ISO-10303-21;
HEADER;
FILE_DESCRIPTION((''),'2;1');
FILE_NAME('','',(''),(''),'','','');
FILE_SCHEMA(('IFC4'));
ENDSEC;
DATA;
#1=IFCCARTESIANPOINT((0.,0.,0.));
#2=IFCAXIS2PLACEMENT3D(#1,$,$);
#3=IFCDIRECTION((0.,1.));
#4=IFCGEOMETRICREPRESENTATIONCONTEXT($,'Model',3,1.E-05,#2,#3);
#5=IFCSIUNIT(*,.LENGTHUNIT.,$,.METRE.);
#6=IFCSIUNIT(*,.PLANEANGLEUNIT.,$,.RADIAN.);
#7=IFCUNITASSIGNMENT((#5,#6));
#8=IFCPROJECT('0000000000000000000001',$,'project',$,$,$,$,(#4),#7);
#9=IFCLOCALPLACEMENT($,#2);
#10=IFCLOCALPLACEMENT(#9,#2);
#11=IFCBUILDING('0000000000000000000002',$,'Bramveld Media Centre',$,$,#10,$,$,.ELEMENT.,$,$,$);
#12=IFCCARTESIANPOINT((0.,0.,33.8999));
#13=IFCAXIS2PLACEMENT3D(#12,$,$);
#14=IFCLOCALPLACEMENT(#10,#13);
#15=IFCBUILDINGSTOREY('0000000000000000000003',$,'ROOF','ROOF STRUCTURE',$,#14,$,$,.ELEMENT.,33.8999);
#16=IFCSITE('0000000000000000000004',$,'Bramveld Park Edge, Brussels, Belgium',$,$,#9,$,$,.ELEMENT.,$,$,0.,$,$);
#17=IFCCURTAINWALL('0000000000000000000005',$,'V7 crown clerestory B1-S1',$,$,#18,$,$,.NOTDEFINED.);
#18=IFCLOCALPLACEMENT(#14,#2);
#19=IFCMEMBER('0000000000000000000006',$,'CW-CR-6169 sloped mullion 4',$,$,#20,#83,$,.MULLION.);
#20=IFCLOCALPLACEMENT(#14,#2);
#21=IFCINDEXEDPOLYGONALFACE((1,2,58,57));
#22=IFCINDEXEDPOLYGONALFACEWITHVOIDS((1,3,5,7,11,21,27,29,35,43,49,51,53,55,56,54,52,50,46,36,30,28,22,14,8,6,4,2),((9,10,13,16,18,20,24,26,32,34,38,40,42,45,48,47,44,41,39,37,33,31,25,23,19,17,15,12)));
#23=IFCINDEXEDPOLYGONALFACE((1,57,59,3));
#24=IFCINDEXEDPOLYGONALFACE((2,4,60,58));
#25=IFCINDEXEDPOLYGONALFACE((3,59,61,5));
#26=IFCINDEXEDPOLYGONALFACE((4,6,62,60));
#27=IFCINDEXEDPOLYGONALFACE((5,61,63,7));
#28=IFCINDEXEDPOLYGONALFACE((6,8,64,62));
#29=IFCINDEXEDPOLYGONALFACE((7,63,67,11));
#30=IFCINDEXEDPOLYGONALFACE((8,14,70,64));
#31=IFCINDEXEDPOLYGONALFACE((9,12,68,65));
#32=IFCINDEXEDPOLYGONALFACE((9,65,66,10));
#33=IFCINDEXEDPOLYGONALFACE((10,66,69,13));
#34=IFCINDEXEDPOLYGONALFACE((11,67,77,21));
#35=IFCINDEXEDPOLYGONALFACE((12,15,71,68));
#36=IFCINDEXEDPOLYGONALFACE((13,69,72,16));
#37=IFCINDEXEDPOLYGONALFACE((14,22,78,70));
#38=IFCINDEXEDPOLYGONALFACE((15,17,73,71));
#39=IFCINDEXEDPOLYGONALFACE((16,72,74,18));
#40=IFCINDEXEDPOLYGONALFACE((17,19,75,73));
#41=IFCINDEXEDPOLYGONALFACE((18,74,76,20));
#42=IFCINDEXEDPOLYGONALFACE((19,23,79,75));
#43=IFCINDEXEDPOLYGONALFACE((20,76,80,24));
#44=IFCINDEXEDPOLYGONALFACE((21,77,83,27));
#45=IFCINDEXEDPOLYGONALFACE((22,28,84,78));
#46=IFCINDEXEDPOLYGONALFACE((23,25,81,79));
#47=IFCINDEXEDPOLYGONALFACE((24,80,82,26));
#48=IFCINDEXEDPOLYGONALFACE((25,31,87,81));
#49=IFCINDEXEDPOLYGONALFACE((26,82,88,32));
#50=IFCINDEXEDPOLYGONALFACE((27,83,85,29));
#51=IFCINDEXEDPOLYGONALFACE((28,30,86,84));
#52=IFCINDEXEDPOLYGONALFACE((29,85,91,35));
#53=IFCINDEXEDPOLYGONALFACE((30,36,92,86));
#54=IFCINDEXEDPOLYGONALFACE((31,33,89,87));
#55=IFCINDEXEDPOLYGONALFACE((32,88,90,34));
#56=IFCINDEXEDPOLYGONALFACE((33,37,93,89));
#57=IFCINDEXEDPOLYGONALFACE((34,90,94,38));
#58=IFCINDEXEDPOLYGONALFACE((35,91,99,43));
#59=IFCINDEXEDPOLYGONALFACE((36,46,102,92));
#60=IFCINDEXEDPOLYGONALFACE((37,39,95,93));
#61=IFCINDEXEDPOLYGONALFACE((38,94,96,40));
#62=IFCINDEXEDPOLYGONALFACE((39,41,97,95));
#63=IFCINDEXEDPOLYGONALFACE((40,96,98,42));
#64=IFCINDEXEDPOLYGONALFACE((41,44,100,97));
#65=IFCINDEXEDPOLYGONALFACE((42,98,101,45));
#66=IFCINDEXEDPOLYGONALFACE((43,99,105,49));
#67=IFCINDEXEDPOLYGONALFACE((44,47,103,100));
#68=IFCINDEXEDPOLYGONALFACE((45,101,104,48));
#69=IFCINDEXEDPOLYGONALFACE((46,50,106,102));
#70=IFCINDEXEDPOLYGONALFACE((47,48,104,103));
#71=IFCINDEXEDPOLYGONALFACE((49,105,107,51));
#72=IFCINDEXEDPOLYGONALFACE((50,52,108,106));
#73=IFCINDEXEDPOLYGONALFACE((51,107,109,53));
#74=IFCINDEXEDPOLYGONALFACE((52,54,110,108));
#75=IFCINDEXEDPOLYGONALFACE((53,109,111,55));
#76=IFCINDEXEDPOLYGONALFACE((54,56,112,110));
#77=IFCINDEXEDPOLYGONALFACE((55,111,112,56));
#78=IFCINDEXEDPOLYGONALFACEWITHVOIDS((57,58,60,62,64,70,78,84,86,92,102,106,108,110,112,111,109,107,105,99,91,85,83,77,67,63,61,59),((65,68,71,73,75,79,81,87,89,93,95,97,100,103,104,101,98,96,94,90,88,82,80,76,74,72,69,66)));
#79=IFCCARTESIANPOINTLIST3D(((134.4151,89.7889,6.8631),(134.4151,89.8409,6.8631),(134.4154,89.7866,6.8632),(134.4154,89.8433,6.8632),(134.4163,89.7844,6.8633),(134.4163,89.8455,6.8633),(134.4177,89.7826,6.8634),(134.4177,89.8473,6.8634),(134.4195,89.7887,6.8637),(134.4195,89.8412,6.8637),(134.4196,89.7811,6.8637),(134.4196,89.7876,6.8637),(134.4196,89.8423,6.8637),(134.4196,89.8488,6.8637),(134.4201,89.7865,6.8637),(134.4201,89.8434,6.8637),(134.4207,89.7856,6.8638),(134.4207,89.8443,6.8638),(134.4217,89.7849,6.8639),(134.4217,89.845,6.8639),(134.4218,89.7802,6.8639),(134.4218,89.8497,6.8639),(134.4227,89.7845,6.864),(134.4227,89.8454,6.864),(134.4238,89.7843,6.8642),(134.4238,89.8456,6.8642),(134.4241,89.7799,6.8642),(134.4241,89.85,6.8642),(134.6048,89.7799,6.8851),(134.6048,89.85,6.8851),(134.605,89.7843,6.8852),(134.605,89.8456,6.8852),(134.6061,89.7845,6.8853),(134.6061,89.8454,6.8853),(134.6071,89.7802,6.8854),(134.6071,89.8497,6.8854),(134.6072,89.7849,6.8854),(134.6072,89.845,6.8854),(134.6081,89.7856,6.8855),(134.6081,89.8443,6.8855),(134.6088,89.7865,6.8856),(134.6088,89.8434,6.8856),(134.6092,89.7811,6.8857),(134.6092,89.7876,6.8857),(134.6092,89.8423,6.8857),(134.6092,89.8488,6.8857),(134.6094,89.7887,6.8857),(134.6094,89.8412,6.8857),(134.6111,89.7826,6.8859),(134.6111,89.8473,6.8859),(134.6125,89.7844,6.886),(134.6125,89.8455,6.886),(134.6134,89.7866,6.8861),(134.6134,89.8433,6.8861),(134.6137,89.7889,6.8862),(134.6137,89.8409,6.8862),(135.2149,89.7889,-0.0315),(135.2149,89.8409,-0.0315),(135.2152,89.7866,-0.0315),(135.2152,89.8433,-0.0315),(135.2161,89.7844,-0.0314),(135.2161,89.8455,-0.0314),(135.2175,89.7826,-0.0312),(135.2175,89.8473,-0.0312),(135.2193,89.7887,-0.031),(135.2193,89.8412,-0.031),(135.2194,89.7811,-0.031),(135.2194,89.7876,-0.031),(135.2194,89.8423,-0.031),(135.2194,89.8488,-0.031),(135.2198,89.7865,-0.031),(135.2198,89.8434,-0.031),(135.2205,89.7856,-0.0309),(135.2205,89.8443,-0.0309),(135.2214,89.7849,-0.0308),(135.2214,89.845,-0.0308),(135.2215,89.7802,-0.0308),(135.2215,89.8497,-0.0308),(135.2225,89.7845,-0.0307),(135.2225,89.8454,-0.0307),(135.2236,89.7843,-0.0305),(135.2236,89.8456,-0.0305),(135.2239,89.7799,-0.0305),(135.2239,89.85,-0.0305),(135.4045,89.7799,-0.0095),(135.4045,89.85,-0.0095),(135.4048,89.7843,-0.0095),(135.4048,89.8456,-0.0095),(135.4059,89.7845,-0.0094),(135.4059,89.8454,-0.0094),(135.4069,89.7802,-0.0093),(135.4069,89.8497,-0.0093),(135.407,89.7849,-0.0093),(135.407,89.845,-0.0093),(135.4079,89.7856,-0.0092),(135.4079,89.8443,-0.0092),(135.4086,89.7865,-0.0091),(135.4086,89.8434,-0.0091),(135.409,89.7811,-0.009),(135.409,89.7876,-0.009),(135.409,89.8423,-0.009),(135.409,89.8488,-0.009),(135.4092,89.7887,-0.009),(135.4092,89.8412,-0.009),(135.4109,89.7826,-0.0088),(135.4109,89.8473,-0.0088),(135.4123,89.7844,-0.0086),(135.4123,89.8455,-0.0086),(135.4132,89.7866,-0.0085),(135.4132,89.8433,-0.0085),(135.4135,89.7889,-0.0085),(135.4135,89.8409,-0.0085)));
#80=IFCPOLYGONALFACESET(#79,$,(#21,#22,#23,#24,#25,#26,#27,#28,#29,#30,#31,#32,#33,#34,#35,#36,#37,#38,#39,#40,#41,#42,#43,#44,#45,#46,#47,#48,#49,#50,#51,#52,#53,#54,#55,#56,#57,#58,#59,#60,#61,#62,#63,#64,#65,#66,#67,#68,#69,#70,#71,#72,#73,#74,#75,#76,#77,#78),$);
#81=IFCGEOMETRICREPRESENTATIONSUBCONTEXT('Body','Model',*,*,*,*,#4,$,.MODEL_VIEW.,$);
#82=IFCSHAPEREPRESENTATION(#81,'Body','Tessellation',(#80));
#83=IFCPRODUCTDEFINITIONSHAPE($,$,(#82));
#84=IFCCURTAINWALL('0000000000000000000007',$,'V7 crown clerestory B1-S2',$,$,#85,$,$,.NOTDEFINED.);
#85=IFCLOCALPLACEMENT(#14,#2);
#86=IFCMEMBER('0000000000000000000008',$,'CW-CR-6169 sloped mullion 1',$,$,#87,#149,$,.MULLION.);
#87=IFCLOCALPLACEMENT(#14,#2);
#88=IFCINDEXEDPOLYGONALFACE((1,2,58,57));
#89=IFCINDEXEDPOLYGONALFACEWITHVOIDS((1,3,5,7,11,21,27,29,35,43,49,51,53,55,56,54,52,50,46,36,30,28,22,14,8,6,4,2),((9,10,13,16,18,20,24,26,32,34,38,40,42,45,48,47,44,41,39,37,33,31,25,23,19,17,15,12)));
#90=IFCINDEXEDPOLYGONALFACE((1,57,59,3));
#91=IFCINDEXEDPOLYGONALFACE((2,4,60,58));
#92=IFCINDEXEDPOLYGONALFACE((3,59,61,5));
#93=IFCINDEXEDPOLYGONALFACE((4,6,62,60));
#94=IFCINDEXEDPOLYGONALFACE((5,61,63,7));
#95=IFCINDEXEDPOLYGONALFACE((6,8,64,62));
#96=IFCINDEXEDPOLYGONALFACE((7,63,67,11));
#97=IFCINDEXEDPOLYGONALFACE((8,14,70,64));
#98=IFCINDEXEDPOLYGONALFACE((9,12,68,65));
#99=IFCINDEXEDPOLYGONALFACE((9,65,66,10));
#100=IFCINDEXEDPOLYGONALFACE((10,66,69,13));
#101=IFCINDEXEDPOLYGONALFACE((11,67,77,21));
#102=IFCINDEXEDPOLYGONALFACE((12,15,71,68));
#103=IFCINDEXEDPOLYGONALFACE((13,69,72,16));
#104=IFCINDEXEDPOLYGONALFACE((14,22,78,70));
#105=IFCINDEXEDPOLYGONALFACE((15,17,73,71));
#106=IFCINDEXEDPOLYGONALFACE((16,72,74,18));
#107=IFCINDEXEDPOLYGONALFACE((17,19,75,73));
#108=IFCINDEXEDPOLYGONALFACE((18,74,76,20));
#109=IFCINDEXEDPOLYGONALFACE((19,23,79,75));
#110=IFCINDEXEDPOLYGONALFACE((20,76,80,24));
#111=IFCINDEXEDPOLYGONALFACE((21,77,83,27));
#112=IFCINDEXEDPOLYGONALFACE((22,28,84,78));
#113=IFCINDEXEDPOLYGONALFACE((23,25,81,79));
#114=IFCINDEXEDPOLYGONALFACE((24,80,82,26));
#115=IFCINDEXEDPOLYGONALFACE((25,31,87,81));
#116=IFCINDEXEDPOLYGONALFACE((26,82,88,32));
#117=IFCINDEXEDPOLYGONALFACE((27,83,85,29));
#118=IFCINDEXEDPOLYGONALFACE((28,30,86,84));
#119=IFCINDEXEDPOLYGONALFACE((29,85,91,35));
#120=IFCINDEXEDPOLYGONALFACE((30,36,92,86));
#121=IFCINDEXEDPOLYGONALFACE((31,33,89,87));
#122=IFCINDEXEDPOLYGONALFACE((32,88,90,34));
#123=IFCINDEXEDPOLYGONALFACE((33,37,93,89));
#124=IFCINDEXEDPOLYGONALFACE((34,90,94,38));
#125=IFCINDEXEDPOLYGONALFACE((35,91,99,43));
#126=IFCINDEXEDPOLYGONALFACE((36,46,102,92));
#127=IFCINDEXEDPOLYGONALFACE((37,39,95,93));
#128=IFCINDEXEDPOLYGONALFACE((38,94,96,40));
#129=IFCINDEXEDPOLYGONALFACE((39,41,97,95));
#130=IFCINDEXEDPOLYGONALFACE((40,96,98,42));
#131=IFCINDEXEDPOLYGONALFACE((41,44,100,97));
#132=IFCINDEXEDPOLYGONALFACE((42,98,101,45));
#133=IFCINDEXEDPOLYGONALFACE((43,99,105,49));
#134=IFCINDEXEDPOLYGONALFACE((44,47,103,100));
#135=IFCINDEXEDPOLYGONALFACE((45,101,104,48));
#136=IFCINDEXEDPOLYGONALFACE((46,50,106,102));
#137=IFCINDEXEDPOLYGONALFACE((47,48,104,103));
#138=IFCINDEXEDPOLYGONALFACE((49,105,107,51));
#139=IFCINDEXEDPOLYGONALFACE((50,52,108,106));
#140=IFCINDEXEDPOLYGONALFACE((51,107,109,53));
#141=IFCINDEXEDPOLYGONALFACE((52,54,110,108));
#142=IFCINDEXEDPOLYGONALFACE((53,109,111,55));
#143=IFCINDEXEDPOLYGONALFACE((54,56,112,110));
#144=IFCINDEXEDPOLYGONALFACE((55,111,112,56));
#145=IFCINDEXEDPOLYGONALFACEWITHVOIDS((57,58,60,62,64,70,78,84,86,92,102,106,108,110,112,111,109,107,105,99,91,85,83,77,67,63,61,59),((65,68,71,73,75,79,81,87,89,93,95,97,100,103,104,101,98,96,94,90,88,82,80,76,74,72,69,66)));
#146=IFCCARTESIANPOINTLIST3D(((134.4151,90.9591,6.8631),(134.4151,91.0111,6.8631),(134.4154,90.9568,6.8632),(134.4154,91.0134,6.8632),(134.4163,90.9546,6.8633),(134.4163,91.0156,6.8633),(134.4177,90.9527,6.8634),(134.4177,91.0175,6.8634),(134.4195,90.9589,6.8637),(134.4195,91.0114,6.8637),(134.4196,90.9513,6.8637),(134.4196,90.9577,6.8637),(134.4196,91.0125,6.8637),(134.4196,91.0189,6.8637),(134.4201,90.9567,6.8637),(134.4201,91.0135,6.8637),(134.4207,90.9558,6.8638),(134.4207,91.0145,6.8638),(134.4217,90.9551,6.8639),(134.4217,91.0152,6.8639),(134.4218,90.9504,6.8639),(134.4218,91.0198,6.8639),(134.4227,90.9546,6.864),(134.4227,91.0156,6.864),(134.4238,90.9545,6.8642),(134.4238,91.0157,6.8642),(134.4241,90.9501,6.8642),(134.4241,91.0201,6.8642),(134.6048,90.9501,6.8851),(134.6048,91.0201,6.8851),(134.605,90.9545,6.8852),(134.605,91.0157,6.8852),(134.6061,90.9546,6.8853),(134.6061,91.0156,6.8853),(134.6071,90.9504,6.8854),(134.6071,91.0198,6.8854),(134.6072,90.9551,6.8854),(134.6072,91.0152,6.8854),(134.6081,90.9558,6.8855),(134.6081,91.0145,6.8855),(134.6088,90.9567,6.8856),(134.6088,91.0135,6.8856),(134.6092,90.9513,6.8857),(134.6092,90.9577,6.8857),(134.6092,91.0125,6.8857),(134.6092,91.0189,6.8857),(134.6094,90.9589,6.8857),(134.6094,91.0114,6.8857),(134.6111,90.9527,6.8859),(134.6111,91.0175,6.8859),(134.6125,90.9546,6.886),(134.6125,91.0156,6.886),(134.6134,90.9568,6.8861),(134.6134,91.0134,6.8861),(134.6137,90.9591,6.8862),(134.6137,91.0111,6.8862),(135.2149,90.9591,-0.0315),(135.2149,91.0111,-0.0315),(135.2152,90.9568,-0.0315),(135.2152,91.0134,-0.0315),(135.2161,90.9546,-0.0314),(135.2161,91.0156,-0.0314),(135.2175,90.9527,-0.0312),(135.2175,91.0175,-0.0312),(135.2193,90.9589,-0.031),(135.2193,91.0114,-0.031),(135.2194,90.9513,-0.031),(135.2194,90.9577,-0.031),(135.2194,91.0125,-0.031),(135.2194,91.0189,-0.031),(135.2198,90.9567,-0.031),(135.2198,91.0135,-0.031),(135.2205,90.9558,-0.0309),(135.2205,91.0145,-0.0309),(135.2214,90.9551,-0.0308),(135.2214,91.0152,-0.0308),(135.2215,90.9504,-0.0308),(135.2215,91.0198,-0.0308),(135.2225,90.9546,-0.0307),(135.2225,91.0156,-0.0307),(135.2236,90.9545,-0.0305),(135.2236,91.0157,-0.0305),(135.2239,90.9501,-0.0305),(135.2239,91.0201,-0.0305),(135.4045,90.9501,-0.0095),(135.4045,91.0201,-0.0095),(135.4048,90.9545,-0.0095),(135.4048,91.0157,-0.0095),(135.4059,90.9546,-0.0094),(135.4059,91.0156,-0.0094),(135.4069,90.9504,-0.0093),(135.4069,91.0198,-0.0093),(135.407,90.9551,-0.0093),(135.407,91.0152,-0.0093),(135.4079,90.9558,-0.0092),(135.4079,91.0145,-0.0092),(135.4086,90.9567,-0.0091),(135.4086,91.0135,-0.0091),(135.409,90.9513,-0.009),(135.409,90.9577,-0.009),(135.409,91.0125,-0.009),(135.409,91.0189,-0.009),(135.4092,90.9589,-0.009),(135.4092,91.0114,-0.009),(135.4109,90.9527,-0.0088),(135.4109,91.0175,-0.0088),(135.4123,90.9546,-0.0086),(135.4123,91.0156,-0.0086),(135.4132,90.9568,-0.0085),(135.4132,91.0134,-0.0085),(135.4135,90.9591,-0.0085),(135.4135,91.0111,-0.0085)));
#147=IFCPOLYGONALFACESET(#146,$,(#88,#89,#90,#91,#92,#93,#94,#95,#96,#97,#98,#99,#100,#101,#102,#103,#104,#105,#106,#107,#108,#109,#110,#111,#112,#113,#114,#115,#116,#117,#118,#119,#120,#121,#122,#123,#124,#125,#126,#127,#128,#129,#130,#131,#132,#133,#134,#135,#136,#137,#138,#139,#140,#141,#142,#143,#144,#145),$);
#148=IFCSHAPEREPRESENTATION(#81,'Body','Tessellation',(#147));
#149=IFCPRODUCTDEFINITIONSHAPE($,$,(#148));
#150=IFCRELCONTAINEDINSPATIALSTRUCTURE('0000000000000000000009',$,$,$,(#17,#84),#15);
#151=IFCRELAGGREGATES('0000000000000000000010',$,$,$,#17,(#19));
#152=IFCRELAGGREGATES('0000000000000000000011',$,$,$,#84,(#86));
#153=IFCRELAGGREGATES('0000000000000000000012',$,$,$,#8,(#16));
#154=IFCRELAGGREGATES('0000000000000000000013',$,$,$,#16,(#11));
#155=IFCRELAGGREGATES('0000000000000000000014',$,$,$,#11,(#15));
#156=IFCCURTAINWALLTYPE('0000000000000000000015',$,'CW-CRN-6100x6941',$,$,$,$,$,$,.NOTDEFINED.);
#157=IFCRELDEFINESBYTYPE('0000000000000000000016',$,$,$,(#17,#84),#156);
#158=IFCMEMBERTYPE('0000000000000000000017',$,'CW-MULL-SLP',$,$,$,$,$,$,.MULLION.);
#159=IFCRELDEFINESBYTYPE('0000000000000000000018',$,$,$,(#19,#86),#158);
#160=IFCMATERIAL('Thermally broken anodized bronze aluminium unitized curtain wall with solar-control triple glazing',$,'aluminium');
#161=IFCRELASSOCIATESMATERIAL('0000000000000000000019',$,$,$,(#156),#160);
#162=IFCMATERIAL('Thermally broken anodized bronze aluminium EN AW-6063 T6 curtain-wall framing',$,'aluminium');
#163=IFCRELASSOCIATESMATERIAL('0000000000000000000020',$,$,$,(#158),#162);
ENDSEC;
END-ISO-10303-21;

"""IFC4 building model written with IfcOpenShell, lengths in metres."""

from ifc_helpers import new_model, si_unit, direction, frame, origin, origin_2d, place, context, subcontext, project, spatial, hollow_rectangle, extrude, material, material_profile, profile_set, type_object, element, aggregate, save


model = new_model("IFC4")

# Units and contexts
model_context = context("Model", 3, precision=1e-05, world=origin(), true_north=direction((0.0, 1.0)))
body_context = subcontext(model_context, "Body", "Model", "MODEL_VIEW")
ifc_project = project(units=[si_unit("LENGTHUNIT", "METRE"), si_unit("PLANEANGLEUNIT", "RADIAN")], contexts=[model_context])

# Site, building, storey
site_placement = place(None, origin())
site = spatial("IfcSite", under=ifc_project, at=site_placement, Name="Bramveld Park Edge, Brussels, Belgium", CompositionType="ELEMENT", RefElevation=0.0)
building_placement = place(site_placement, origin())
building = spatial("IfcBuilding", under=site, at=building_placement, Name="Bramveld Media Centre", CompositionType="ELEMENT")
storey_placement = place(building_placement, frame((0.0, 0.0, 33.8999)))
storey = spatial("IfcBuildingStorey", under=building, at=storey_placement, Name="ROOF", Description="ROOF STRUCTURE", CompositionType="ELEMENT", Elevation=33.8999)

# Curtain wall, member
ifc_material_1 = material(Name="Thermally broken anodized bronze aluminium unitized curtain wall with solar-control triple glazing", Category="aluminium")
curtain_wall_type = type_object("IfcCurtainWallType", Name="CW-CRN-6100x6941", PredefinedType="NOTDEFINED", material=ifc_material_1)
curtain_wall_1_placement = place(storey_placement, origin())
curtain_wall_1 = element("IfcCurtainWall", 1, at=curtain_wall_1_placement, inside=storey, type_object=curtain_wall_type, Name="V7 crown clerestory B1-S1", PredefinedType="NOTDEFINED")
ifc_material_2 = material(Name="Thermally broken anodized bronze aluminium EN AW-6063 T6 curtain-wall framing", Category="aluminium")
ifc_material_profile_1 = material_profile(ifc_material_2, hollow_rectangle(XDim=0.0701, YDim=0.2, WallThickness=0.0044, InnerFilletRadius=0.0044, OuterFilletRadius=0.009, at=origin_2d()), Name="AL-MULL 70x200")
ifc_profile_set_1 = profile_set([ifc_material_profile_1], Name="Thermally broken anodized bronze aluminium EN AW-6063 T6 curtain-wall framing")
member_type_1 = type_object("IfcMemberType", Name="CW-MULL-SLP", PredefinedType="MULLION", material=ifc_profile_set_1)
member_1_placement = place(storey_placement, frame((135.3142, 89.8149, -0.02), z_axis=(-0.115229, 0.0, 0.993339), x_axis=(0.0, -1.0, 0.0)))
member_1 = element("IfcMember", 2, at=member_1_placement, type_object=member_type_1, Name="CW-CR-6169 sloped mullion 4", PredefinedType="MULLION", context=body_context, shape_type="SweptSolid", body=[
    extrude(hollow_rectangle(XDim=0.0701, YDim=0.2, WallThickness=0.0044, InnerFilletRadius=0.0044, OuterFilletRadius=0.009, at=origin_2d()), origin(), (0.0, 0.0, 1.0), 6.9409),
])
aggregate(curtain_wall_1, [member_1])

# Curtain wall, member
curtain_wall_2_placement = place(storey_placement, origin())
curtain_wall_2 = element("IfcCurtainWall", 3, at=curtain_wall_2_placement, inside=storey, type_object=curtain_wall_type, Name="V7 crown clerestory B1-S2", PredefinedType="NOTDEFINED")
member_2_placement = place(storey_placement, frame((135.3142, 90.9851, -0.02), z_axis=(-0.115229, 0.0, 0.993339), x_axis=(0.0, -1.0, 0.0)))
member_2 = element("IfcMember", 4, at=member_2_placement, type_object=member_type_1, Name="CW-CR-6169 sloped mullion 1", PredefinedType="MULLION", context=body_context, shape_type="SweptSolid", body=[
    extrude(hollow_rectangle(XDim=0.0701, YDim=0.2, WallThickness=0.0044, InnerFilletRadius=0.0044, OuterFilletRadius=0.009, at=origin_2d()), origin(), (0.0, 0.0, 1.0), 6.9409),
])

aggregate(curtain_wall_2, [member_2])

save(model, "model.ifc")
